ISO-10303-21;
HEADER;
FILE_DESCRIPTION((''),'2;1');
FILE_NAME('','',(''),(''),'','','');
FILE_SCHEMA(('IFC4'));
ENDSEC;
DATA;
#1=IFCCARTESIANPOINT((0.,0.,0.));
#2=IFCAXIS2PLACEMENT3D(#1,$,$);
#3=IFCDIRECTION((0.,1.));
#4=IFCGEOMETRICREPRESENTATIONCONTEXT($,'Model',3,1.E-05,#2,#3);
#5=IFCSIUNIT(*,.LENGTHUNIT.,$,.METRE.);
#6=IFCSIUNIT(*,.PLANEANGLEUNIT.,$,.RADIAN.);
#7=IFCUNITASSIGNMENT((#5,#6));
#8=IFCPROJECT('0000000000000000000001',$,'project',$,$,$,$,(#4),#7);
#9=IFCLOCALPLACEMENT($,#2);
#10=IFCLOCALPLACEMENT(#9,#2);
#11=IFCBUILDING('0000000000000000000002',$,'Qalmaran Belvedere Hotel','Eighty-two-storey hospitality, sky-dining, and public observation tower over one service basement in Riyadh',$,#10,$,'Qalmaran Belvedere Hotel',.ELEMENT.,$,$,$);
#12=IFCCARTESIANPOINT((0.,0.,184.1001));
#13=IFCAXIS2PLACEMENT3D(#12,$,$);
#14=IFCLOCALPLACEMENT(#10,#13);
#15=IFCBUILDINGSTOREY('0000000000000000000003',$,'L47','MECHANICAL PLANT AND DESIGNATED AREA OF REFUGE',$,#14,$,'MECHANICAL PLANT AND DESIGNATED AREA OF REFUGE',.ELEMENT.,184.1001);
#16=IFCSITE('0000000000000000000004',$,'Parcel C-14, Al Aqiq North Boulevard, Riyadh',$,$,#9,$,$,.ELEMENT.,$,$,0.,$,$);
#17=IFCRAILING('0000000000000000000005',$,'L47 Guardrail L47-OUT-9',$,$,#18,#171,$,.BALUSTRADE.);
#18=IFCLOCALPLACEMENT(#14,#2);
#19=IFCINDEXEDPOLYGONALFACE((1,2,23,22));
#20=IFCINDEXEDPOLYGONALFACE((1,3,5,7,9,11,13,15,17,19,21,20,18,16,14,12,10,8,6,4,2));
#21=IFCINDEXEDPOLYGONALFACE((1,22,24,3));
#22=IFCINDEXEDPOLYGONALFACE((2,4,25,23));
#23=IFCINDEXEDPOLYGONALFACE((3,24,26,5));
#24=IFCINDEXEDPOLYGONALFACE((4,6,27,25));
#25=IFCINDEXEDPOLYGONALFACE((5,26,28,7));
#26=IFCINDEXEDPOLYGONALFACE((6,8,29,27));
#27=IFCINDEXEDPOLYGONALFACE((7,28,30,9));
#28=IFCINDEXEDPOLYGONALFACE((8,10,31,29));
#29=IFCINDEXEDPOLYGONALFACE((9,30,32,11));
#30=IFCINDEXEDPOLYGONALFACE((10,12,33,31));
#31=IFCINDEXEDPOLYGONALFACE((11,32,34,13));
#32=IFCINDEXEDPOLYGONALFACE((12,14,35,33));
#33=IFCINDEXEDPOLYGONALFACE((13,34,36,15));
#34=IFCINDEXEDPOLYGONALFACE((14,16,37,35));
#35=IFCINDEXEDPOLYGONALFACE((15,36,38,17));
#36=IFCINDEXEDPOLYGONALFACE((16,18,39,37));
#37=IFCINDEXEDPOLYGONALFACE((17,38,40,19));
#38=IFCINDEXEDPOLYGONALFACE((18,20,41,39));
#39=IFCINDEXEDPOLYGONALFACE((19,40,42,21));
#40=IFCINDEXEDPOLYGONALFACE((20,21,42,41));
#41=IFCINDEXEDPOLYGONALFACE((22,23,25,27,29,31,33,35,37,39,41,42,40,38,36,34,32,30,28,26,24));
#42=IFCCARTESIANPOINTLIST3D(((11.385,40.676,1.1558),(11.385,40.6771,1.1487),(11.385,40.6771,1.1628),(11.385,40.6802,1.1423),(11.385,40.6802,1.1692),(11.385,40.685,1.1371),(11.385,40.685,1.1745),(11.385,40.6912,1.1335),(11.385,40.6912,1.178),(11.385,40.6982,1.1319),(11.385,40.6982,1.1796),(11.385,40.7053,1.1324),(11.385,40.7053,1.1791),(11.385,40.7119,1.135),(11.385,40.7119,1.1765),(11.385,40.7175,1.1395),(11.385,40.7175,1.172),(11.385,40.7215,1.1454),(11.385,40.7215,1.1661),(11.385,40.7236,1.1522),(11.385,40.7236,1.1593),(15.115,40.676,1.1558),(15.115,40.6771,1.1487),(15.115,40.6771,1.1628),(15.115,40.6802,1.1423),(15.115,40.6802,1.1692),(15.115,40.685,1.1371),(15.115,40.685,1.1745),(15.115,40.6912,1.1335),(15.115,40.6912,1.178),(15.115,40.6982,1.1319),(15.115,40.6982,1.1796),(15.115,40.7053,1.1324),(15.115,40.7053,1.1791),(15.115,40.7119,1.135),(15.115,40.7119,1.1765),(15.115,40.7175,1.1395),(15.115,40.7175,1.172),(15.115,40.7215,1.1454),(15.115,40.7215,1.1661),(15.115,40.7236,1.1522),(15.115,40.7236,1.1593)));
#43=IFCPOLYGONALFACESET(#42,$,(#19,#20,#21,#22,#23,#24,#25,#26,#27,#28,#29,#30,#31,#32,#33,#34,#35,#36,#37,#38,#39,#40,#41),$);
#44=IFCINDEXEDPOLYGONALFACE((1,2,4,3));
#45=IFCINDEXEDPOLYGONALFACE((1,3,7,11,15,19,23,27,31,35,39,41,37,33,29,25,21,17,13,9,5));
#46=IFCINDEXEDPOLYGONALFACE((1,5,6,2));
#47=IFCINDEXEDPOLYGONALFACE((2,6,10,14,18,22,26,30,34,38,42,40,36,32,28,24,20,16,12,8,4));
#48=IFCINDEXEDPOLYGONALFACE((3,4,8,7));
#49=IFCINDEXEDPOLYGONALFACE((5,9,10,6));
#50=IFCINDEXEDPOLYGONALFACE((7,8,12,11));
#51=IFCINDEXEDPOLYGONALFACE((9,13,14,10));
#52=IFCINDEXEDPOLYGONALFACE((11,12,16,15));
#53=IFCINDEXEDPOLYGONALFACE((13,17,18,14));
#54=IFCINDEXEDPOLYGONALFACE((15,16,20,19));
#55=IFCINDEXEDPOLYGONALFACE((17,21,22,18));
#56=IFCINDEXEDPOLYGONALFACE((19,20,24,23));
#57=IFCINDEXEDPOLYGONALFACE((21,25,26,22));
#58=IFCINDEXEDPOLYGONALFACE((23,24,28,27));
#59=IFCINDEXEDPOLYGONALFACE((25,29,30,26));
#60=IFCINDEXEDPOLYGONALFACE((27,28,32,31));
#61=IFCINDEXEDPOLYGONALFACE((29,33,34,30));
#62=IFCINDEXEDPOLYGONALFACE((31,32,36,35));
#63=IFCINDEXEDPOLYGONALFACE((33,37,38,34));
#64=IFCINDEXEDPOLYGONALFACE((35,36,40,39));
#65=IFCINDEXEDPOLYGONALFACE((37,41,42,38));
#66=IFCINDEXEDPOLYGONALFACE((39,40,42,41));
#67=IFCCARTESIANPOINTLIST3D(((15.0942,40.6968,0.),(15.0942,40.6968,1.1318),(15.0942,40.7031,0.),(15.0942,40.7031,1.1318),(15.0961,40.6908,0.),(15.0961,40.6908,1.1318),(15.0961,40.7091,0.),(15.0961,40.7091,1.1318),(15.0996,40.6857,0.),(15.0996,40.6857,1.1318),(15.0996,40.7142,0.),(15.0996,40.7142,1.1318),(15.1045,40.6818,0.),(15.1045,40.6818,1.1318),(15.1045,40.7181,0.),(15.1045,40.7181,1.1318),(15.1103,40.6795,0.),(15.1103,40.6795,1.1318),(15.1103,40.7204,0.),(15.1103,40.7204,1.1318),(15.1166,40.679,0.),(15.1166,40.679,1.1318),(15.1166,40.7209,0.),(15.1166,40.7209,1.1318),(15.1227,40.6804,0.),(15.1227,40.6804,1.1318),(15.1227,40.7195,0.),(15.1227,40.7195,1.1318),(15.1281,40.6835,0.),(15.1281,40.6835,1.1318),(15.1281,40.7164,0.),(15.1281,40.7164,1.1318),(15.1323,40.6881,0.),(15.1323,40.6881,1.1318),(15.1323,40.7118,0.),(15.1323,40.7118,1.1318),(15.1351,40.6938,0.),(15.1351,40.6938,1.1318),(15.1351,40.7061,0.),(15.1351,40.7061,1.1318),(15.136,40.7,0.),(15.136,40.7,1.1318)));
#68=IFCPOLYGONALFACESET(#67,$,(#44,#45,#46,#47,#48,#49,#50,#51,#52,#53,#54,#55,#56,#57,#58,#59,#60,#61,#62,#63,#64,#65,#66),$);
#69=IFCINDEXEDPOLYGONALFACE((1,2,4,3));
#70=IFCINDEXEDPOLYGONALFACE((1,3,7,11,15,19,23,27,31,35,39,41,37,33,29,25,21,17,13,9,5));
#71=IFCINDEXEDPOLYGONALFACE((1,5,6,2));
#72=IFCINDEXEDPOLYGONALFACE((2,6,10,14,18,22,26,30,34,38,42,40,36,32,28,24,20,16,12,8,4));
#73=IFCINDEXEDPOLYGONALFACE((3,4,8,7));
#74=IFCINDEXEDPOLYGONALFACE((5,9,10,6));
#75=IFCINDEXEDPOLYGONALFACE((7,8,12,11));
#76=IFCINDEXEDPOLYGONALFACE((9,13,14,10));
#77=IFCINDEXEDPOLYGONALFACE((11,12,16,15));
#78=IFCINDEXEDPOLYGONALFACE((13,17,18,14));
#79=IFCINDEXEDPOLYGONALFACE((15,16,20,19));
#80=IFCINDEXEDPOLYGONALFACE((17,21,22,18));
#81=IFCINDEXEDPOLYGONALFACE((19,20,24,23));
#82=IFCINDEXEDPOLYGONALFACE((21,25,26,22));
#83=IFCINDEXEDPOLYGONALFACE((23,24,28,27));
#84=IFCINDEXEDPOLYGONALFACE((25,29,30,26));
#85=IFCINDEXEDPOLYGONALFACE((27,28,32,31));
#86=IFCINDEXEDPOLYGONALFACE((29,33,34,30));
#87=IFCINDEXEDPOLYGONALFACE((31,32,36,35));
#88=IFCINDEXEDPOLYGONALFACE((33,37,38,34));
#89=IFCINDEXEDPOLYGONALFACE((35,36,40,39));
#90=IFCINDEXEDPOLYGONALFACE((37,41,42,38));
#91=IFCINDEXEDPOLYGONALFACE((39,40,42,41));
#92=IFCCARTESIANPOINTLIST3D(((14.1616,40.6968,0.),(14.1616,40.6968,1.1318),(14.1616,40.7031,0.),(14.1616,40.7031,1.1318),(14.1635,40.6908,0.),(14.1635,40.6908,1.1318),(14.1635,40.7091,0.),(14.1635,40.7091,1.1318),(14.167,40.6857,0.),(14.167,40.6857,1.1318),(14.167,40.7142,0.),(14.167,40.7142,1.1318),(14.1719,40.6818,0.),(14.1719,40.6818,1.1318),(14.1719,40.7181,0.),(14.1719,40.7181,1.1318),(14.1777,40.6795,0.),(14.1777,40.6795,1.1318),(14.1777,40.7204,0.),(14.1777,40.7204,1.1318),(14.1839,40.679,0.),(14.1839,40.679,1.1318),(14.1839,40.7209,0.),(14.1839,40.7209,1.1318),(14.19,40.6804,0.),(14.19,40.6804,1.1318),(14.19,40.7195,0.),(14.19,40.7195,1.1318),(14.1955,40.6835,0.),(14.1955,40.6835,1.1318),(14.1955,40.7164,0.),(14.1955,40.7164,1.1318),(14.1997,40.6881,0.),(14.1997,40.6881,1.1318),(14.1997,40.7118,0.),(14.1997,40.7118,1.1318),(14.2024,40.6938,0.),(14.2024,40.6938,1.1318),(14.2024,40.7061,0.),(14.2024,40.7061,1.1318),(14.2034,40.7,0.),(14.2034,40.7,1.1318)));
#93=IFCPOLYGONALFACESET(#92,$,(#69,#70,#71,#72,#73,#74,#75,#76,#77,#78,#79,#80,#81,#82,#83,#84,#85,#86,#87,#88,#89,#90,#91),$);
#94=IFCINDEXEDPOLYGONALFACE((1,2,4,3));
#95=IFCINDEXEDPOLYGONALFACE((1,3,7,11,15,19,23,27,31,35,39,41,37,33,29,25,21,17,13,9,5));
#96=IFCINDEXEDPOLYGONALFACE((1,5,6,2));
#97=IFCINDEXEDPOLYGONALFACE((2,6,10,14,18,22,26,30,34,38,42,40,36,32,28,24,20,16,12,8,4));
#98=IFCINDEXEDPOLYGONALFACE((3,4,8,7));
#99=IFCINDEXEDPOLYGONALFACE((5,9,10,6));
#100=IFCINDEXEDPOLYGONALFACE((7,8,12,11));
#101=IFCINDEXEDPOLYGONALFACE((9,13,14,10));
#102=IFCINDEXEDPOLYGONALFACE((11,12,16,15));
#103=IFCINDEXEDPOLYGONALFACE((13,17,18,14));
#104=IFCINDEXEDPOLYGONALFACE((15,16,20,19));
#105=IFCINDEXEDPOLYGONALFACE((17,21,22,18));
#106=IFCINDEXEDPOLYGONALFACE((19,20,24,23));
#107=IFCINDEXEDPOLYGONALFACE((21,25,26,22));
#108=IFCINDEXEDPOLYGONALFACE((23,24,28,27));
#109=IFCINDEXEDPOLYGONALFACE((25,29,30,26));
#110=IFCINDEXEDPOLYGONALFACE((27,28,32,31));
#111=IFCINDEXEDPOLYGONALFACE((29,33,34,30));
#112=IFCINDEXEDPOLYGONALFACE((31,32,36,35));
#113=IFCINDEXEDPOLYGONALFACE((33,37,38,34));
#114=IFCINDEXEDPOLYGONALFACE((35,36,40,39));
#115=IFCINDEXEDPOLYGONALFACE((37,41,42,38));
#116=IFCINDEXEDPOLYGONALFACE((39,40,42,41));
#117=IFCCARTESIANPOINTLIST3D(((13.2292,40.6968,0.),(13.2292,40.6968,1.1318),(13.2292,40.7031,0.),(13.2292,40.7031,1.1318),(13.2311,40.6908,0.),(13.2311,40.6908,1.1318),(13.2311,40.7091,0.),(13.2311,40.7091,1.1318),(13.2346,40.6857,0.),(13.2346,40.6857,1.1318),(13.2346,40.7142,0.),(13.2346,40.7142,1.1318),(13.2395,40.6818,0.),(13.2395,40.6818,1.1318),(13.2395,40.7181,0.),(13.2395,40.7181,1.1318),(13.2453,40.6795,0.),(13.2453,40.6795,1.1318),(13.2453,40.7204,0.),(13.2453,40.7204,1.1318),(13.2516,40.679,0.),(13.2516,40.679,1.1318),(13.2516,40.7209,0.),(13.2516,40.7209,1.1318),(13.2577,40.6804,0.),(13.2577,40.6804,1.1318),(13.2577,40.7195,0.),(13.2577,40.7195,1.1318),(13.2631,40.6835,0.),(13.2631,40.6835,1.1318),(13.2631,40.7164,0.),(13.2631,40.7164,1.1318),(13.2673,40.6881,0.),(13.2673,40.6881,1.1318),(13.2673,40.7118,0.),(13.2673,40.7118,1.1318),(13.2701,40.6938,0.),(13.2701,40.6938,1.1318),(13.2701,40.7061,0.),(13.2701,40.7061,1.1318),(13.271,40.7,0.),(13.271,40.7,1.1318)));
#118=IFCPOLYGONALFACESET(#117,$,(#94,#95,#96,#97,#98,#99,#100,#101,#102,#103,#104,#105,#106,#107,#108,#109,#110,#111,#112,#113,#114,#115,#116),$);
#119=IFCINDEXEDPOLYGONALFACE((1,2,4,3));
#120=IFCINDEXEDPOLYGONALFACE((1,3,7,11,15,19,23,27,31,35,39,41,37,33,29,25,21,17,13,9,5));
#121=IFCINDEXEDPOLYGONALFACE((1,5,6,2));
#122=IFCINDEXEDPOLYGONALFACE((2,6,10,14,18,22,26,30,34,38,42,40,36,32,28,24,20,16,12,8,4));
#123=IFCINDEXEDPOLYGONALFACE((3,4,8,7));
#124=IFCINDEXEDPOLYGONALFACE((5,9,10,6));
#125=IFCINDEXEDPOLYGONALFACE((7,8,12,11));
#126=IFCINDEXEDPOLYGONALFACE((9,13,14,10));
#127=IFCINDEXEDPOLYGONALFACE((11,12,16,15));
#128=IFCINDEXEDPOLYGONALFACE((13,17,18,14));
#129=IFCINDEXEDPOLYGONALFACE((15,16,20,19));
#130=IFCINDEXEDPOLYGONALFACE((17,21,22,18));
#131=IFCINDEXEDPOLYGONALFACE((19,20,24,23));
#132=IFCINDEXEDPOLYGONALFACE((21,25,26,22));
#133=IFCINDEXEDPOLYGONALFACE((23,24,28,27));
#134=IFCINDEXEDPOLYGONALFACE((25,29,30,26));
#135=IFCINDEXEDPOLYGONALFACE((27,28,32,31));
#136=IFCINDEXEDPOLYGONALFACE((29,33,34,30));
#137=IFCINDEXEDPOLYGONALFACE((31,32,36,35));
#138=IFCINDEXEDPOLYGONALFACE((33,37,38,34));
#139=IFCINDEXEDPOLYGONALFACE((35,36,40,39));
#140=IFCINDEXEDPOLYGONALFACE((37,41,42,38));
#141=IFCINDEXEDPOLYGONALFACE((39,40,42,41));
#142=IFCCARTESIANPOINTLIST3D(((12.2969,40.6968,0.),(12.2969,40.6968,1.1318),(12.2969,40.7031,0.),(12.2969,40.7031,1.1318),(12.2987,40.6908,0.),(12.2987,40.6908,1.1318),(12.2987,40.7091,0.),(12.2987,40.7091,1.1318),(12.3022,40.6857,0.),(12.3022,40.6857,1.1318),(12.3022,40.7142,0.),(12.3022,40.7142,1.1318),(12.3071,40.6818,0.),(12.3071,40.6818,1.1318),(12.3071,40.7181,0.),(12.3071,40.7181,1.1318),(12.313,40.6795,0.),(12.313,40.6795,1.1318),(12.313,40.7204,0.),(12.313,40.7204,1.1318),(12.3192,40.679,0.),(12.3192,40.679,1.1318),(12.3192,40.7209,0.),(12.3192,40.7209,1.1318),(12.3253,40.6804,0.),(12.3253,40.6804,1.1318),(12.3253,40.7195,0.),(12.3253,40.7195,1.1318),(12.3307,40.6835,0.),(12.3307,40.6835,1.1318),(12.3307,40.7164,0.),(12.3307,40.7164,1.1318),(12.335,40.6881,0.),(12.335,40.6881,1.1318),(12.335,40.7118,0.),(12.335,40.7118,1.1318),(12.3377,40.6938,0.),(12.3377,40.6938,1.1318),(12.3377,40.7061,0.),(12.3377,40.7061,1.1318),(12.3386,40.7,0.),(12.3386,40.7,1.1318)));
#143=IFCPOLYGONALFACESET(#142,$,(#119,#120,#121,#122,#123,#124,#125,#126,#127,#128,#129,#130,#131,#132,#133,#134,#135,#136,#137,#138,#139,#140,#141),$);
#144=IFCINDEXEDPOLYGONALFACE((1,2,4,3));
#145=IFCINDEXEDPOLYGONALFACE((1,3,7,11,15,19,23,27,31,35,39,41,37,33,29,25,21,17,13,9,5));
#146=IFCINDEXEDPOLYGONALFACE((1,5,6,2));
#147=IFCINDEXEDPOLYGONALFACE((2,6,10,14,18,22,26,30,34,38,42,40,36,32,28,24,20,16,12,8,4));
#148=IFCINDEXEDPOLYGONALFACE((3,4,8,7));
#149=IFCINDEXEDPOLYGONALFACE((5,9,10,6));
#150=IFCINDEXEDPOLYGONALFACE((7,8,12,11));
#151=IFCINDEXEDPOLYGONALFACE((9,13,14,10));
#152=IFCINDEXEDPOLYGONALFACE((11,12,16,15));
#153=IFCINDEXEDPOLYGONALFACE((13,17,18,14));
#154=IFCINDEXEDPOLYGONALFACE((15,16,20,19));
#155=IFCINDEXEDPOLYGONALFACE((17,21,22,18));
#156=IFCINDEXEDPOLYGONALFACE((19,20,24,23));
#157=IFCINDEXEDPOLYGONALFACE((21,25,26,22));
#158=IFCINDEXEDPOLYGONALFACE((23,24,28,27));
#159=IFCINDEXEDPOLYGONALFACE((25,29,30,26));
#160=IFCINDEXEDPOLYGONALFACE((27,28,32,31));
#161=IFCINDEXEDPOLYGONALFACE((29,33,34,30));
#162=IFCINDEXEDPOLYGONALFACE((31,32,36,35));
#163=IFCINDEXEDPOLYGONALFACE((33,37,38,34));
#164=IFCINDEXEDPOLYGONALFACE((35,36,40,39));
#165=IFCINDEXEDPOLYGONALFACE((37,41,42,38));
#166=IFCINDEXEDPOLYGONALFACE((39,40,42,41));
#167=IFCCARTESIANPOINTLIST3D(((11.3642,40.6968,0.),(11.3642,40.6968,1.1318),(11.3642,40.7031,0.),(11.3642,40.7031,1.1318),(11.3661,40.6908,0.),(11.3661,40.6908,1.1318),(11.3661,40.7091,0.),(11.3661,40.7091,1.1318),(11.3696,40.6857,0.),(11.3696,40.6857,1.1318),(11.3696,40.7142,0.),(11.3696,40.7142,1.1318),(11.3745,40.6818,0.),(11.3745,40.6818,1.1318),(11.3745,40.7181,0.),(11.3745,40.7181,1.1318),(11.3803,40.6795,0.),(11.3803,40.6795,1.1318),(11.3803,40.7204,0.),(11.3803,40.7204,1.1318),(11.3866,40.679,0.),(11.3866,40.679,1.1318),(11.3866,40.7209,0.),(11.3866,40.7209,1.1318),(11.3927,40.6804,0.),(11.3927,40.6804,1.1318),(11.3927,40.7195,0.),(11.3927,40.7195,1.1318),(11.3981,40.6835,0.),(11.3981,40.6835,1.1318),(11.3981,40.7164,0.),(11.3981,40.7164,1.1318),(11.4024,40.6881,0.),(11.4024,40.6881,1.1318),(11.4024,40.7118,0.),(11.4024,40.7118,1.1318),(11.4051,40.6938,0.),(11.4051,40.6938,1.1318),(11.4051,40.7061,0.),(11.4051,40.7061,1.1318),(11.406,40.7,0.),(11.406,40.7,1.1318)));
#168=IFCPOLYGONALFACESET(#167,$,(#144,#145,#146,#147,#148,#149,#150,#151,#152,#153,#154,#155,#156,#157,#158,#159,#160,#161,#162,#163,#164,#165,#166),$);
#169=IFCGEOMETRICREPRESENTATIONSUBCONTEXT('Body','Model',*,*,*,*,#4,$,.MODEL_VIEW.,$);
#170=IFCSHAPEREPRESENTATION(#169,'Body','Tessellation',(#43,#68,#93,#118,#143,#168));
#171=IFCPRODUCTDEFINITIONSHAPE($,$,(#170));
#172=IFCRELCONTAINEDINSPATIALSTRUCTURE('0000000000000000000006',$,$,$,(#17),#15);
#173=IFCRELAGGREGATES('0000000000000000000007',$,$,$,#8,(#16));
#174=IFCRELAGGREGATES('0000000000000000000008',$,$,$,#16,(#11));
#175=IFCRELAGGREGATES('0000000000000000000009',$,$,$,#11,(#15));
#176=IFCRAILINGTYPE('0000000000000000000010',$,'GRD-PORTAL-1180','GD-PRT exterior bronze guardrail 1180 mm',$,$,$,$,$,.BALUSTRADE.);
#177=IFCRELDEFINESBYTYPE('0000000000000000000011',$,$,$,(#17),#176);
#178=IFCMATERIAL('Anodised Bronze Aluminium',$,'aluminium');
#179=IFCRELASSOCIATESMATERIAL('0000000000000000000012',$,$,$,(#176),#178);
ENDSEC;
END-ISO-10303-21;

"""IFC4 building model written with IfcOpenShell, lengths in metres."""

from ifc_helpers import new_model, si_unit, direction, frame, origin, origin_2d, place, context, subcontext, project, spatial, circle, extrude, material, type_object, element, save


model = new_model("IFC4")

# Units and contexts
model_context = context("Model", 3, precision=1e-05, world=origin(), true_north=direction((0.0, 1.0)))
body_context = subcontext(model_context, "Body", "Model", "MODEL_VIEW")
ifc_project = project(units=[si_unit("LENGTHUNIT", "METRE"), si_unit("PLANEANGLEUNIT", "RADIAN")], contexts=[model_context])

# Site, building, storey
site_placement = place(None, origin())
site = spatial("IfcSite", under=ifc_project, at=site_placement, Name="Parcel C-14, Al Aqiq North Boulevard, Riyadh", CompositionType="ELEMENT", RefElevation=0.0)
building_placement = place(site_placement, origin())
building = spatial("IfcBuilding", under=site, at=building_placement, Name="Qalmaran Belvedere Hotel", Description="Eighty-two-storey hospitality, sky-dining, and public observation tower over one service basement in Riyadh", LongName="Qalmaran Belvedere Hotel", CompositionType="ELEMENT")
storey_placement = place(building_placement, frame((0.0, 0.0, 184.1001)))
storey = spatial("IfcBuildingStorey", under=building, at=storey_placement, Name="L47", Description="MECHANICAL PLANT AND DESIGNATED AREA OF REFUGE", LongName="MECHANICAL PLANT AND DESIGNATED AREA OF REFUGE", CompositionType="ELEMENT", Elevation=184.1001)

# Railing
ifc_material_1 = material(Name="Anodised Bronze Aluminium", Category="aluminium")
railing_type = type_object("IfcRailingType", Name="GRD-PORTAL-1180", Description="GD-PRT exterior bronze guardrail 1180 mm", PredefinedType="BALUSTRADE", material=ifc_material_1)
railing_1_placement = place(storey_placement, frame((15.115, 40.7, 0.0)))
element("IfcRailing", 1, at=railing_1_placement, inside=storey, type_object=railing_type, Name="L47 Guardrail L47-OUT-9", PredefinedType="BALUSTRADE", context=body_context, shape_type="SweptSolid", body=[
    extrude(circle(Radius=0.0239, at=origin_2d()), frame((0.0, 0.0, 1.1558), z_axis=(-1.0, 0.0, 0.0), x_axis=(0.0, -1.0, 0.0)), (0.0, 0.0, 1.0), 3.73),
    extrude(circle(Radius=0.021, at=origin_2d()), origin(), (0.0, 0.0, 1.0), 1.1318),
    extrude(circle(Radius=0.021, at=origin_2d()), frame((-0.9326, 0.0, 0.0)), (0.0, 0.0, 1.0), 1.1318),
    extrude(circle(Radius=0.021, at=origin_2d()), frame((-1.865, 0.0, 0.0)), (0.0, 0.0, 1.0), 1.1318),
    extrude(circle(Radius=0.021, at=origin_2d()), frame((-2.7974, 0.0, 0.0)), (0.0, 0.0, 1.0), 1.1318),
    extrude(circle(Radius=0.021, at=origin_2d()), frame((-3.73, 0.0, 0.0)), (0.0, 0.0, 1.0), 1.1318),
])

save(model, "model.ifc")
